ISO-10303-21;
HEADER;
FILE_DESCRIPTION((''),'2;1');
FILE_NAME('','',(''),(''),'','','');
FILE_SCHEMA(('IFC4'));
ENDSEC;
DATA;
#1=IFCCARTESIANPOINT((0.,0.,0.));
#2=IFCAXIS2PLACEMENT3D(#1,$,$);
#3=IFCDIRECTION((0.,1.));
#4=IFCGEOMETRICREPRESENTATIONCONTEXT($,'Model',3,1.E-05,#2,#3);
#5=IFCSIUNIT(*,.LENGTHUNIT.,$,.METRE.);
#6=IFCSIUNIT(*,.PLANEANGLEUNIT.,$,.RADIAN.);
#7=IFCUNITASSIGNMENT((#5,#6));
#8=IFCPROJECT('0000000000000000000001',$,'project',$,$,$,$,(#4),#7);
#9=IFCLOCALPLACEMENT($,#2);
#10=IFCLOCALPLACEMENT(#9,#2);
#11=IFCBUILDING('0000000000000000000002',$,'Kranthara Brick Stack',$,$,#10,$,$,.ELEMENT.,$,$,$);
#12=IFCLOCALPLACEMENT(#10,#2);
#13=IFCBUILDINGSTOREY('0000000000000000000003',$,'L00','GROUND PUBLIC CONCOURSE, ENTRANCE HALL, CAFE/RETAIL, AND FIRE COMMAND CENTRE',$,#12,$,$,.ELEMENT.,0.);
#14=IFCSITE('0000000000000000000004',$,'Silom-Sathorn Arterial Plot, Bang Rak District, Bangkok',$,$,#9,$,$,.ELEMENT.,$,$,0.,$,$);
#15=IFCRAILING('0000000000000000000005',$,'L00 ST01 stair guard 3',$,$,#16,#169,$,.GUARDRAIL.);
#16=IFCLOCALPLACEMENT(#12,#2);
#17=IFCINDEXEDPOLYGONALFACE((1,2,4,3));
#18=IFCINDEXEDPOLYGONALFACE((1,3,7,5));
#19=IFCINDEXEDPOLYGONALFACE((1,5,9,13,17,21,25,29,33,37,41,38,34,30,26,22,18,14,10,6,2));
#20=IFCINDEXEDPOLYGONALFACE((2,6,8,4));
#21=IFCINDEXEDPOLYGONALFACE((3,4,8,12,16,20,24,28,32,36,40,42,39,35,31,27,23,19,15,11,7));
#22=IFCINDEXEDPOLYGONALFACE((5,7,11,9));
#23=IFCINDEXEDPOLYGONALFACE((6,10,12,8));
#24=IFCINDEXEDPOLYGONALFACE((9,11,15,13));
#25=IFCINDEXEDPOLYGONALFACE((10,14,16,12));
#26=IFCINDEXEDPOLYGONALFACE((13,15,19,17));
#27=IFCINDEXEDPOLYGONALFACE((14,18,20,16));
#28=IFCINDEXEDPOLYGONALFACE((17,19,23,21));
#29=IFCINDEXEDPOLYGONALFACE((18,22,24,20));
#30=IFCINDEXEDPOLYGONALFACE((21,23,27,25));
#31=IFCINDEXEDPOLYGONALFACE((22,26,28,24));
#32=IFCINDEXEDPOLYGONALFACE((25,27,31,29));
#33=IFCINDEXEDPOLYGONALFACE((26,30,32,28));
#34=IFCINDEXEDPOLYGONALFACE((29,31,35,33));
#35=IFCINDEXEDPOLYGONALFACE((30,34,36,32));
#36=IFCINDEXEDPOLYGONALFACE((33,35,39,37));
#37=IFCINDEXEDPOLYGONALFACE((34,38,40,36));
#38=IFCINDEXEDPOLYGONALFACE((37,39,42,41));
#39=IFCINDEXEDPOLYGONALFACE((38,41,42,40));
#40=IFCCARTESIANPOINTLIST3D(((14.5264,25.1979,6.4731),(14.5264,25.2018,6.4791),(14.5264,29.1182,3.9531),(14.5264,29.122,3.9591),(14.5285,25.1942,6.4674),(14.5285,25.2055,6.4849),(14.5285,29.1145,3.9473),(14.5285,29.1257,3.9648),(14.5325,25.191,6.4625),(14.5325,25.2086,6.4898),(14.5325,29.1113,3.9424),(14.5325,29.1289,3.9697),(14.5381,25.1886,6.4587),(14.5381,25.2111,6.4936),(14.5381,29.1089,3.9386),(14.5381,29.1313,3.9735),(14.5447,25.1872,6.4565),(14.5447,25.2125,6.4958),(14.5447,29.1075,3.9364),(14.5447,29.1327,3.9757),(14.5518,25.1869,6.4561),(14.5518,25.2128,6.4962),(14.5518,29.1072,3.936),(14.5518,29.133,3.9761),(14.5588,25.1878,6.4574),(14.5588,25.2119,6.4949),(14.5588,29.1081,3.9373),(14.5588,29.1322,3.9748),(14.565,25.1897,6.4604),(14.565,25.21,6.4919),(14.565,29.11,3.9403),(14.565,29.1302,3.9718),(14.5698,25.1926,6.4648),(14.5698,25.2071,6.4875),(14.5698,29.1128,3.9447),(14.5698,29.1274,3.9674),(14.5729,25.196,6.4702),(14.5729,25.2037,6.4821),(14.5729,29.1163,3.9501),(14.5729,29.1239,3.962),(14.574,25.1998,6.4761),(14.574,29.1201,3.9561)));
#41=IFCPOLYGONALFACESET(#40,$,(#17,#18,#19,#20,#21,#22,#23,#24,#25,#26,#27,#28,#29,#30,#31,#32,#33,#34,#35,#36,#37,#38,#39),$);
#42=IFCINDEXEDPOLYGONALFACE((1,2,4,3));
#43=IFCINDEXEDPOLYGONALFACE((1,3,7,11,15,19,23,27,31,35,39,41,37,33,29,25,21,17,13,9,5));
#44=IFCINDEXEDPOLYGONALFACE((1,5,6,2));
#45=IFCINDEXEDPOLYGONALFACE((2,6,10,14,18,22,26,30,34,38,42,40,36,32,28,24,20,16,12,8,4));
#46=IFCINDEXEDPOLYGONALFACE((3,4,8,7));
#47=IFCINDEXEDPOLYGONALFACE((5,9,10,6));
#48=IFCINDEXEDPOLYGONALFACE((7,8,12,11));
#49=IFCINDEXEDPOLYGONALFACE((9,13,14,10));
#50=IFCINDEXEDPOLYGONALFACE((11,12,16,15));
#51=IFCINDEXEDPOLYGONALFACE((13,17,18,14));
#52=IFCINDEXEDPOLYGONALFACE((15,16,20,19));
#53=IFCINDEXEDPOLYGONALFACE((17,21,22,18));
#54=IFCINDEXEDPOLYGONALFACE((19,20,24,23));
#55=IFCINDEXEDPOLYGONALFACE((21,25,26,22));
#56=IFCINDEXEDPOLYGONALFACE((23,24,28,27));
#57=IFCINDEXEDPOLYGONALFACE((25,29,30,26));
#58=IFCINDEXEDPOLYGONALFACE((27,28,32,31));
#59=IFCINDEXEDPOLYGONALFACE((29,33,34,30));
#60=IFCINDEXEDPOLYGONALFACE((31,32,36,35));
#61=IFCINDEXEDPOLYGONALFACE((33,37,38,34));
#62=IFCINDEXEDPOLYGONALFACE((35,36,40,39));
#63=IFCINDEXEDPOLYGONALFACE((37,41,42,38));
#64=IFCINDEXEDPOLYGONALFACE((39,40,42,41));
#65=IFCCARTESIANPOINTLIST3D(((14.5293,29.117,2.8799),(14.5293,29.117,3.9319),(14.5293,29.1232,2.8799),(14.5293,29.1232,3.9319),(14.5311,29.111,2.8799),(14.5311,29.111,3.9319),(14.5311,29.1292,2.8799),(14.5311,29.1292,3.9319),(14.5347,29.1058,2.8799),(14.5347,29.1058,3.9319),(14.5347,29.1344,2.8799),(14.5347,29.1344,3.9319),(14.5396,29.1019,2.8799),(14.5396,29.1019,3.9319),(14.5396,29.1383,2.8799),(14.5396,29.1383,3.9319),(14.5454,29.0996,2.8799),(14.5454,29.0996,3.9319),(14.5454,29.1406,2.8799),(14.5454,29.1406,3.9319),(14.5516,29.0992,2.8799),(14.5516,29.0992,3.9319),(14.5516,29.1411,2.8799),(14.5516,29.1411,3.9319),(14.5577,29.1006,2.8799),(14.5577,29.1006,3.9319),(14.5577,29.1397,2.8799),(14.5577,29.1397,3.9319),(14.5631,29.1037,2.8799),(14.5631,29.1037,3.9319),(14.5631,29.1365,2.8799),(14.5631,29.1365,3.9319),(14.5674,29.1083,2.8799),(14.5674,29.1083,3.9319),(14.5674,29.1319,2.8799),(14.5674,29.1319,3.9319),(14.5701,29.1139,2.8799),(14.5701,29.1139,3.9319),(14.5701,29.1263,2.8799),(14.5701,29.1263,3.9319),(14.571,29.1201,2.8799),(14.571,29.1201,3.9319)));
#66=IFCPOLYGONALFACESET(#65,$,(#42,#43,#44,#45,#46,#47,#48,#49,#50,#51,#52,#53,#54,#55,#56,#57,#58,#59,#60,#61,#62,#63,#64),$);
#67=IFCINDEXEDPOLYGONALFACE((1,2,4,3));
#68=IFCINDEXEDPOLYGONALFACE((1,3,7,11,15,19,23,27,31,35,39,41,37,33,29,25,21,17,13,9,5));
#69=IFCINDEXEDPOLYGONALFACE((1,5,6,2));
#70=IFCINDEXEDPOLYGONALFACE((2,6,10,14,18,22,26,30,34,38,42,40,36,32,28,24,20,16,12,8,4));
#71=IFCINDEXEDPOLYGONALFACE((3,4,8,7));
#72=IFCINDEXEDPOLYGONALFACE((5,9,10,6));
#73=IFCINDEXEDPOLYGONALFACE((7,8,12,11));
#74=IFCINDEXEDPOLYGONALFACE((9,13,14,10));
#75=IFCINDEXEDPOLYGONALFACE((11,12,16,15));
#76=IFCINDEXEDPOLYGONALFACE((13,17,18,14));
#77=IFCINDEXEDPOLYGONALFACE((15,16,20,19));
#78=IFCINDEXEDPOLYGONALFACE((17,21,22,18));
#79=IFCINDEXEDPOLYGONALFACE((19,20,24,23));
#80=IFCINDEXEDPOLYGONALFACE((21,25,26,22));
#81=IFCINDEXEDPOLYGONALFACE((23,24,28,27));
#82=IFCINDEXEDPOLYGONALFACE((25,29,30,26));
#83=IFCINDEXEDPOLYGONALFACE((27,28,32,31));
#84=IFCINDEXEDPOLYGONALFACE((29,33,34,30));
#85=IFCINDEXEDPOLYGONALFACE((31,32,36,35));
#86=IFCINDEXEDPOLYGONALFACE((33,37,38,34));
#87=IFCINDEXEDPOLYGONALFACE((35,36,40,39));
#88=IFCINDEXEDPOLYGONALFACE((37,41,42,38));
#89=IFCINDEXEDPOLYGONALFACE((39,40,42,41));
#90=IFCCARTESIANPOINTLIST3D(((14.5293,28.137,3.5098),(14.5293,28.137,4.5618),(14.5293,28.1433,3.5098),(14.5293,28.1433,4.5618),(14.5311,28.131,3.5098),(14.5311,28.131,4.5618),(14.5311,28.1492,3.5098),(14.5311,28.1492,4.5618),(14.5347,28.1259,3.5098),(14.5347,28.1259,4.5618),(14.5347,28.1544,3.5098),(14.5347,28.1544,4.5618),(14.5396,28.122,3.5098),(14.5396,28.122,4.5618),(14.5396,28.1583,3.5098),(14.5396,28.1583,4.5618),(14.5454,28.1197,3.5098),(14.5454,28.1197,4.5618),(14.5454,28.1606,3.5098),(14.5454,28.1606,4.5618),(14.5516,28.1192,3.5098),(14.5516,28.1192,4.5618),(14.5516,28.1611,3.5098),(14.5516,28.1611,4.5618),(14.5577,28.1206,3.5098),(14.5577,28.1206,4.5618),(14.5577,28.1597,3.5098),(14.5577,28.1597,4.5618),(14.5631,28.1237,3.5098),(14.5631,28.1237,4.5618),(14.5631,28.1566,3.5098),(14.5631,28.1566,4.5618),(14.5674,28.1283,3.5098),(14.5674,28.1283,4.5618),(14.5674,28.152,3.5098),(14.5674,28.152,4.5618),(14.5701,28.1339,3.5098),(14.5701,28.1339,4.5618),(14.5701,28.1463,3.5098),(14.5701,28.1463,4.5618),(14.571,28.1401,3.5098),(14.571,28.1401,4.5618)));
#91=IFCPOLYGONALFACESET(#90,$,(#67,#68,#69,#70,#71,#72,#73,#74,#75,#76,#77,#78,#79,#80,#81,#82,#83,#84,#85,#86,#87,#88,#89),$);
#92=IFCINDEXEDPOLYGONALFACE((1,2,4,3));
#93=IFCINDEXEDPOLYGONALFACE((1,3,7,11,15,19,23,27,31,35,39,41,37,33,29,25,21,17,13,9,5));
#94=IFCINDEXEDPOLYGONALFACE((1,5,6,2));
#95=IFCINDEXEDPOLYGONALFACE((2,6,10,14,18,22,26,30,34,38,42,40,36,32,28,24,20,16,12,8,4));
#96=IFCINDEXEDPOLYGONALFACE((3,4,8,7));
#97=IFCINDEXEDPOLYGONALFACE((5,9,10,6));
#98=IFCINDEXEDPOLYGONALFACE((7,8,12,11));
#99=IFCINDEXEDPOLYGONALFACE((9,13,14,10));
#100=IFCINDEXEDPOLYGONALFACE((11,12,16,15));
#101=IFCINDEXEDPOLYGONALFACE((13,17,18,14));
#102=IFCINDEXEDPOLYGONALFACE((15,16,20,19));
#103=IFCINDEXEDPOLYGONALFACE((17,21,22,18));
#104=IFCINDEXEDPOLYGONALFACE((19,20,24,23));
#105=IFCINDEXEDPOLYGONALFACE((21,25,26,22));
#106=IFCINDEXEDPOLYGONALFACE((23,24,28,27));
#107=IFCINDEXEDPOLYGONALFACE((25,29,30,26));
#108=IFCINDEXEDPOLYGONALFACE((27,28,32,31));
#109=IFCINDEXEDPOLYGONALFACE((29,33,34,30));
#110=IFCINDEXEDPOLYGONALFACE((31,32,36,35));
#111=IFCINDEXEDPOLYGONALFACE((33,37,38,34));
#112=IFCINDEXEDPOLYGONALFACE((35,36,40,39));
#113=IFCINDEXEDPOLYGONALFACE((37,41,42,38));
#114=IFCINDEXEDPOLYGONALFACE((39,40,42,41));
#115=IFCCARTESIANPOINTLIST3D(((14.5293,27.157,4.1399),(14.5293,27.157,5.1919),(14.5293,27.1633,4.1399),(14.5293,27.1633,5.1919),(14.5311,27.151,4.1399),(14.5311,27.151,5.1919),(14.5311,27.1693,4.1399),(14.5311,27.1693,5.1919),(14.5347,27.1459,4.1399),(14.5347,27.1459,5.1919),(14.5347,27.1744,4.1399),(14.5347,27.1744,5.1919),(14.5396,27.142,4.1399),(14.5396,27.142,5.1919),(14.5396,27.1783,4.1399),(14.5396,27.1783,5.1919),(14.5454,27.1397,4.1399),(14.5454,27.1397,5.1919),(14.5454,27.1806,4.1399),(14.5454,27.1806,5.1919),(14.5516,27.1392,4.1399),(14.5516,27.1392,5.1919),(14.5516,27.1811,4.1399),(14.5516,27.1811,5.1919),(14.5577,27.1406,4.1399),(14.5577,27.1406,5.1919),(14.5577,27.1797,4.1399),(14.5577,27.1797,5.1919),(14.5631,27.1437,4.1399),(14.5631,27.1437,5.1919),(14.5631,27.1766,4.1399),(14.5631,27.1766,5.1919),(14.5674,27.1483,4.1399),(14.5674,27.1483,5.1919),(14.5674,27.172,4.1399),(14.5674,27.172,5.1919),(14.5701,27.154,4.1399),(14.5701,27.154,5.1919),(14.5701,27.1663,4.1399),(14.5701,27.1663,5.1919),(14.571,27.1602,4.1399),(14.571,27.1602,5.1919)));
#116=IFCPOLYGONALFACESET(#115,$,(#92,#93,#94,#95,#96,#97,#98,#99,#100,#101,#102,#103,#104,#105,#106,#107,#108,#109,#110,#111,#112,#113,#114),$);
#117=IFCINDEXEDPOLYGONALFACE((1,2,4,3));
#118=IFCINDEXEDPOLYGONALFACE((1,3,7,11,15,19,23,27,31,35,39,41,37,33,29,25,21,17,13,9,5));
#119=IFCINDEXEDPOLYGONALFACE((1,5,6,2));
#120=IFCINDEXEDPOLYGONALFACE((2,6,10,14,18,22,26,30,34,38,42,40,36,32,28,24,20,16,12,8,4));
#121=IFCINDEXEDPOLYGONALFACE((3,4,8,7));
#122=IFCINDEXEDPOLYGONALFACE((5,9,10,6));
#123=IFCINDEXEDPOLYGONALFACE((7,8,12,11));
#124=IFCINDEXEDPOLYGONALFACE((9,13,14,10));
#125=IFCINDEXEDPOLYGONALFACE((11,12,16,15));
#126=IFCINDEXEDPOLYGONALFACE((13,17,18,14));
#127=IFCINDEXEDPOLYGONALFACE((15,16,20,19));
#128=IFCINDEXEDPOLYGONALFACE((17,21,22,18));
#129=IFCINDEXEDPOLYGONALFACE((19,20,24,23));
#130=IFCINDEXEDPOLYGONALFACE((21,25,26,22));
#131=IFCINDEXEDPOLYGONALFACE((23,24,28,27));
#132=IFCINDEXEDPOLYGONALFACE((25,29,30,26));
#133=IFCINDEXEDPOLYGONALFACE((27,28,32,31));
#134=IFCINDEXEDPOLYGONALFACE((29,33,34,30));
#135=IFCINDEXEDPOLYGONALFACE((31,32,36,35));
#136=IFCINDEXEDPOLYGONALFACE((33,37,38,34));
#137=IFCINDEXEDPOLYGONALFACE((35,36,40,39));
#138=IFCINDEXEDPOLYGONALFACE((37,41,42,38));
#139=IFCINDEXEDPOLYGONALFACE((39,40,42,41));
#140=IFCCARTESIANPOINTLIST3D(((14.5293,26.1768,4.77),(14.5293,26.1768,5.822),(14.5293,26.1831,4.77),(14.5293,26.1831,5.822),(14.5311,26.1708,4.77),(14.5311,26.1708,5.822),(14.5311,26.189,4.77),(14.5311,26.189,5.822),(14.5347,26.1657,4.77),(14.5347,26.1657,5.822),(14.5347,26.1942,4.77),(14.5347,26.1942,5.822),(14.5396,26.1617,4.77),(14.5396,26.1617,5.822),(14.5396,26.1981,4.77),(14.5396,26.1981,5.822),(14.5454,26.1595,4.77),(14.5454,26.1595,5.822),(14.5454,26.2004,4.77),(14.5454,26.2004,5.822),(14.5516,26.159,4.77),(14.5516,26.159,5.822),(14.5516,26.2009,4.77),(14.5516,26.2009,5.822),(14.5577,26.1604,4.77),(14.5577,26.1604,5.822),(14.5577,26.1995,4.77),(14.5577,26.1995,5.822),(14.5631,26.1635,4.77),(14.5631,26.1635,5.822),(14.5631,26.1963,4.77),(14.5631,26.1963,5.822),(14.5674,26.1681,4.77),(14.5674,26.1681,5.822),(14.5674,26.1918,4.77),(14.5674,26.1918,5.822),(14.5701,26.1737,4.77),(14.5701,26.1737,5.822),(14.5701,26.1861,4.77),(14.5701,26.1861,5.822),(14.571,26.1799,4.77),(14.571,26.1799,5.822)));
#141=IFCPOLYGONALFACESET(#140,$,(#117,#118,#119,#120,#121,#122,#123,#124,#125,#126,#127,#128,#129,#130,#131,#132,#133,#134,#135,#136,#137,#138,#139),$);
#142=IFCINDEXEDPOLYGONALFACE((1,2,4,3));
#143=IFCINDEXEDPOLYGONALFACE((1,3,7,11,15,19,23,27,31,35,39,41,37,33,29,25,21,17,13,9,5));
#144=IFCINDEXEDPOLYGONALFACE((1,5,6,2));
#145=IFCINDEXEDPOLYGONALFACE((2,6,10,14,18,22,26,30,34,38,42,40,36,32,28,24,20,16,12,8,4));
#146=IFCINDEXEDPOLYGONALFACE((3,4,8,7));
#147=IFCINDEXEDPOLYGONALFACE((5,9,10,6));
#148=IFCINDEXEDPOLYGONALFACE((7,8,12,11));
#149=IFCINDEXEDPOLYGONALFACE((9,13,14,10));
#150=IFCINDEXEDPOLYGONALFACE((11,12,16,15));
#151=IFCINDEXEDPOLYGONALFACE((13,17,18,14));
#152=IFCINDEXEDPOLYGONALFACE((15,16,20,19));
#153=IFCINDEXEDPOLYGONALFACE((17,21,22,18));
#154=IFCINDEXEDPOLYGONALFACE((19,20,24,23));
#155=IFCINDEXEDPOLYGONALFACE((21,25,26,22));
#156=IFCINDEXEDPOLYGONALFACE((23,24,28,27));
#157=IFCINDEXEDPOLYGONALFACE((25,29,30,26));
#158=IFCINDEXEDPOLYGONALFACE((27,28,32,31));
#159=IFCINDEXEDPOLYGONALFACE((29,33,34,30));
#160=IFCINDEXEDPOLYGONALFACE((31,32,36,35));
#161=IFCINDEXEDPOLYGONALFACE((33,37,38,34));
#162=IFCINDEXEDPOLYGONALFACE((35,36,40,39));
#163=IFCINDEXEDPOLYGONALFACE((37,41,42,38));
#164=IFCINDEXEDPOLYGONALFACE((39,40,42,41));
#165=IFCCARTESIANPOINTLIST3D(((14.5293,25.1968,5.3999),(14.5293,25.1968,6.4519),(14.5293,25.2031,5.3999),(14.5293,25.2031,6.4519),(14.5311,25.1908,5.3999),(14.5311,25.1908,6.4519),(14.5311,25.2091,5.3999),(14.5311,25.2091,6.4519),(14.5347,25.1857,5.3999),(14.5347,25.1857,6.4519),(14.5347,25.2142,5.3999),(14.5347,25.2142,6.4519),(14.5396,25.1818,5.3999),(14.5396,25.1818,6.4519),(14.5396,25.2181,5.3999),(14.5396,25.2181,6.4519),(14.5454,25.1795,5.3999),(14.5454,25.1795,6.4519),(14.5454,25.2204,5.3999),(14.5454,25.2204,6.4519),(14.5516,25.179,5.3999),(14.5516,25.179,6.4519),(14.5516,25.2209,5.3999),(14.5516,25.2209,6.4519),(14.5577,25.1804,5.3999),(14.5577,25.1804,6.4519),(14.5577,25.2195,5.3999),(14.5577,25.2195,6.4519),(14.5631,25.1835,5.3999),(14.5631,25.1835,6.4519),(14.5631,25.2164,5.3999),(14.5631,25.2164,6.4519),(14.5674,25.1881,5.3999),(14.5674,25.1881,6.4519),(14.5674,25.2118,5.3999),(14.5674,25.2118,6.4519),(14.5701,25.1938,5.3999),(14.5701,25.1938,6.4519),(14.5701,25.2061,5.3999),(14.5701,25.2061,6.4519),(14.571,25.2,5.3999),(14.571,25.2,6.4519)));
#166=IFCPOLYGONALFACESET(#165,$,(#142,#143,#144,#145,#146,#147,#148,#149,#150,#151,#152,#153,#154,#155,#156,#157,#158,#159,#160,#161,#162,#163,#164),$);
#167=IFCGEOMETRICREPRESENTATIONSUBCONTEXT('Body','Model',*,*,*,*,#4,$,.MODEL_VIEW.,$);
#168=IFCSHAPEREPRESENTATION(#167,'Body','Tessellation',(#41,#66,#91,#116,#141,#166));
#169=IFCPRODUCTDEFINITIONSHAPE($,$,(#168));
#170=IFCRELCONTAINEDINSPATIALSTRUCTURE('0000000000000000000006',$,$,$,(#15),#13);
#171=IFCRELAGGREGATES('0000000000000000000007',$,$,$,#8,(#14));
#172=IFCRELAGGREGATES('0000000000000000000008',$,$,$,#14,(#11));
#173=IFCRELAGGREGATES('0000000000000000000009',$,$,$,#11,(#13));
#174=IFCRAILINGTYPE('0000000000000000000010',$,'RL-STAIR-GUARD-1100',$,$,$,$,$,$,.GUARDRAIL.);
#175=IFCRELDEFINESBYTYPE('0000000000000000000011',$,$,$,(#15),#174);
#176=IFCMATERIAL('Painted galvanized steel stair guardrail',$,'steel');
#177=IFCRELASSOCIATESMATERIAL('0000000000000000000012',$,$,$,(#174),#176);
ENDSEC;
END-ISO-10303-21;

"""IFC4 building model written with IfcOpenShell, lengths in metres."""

from ifc_helpers import new_model, si_unit, direction, frame, origin, origin_2d, place, context, subcontext, project, spatial, circle, extrude, material, type_object, element, save


model = new_model("IFC4")

# Units and contexts
model_context = context("Model", 3, precision=1e-05, world=origin(), true_north=direction((0.0, 1.0)))
body_context = subcontext(model_context, "Body", "Model", "MODEL_VIEW")
ifc_project = project(units=[si_unit("LENGTHUNIT", "METRE"), si_unit("PLANEANGLEUNIT", "RADIAN")], contexts=[model_context])

# Site, building, storey
site_placement = place(None, origin())
site = spatial("IfcSite", under=ifc_project, at=site_placement, Name="Silom-Sathorn Arterial Plot, Bang Rak District, Bangkok", CompositionType="ELEMENT", RefElevation=0.0)
building_placement = place(site_placement, origin())
building = spatial("IfcBuilding", under=site, at=building_placement, Name="Kranthara Brick Stack", CompositionType="ELEMENT")
storey_placement = place(building_placement, origin())
storey = spatial("IfcBuildingStorey", under=building, at=storey_placement, Name="L00", Description="GROUND PUBLIC CONCOURSE, ENTRANCE HALL, CAFE/RETAIL, AND FIRE COMMAND CENTRE", CompositionType="ELEMENT", Elevation=0.0)

# Railing
ifc_material_1 = material(Name="Painted galvanized steel stair guardrail", Category="steel")
railing_type_1 = type_object("IfcRailingType", Name="RL-STAIR-GUARD-1100", PredefinedType="GUARDRAIL", material=ifc_material_1)
railing_1_placement = place(storey_placement, frame((14.55, 29.1201, 2.8799)))
element("IfcRailing", 1, at=railing_1_placement, inside=storey, type_object=railing_type_1, Name="L00 ST01 stair guard 3", PredefinedType="GUARDRAIL", context=body_context, shape_type="SweptSolid", body=[
    extrude(circle(Radius=0.0239, at=origin_2d()), frame((0.0, 0.0, 1.0762), z_axis=(0.0, -0.841187, 0.540744), x_axis=(1.0, 0.0, 0.0)), (0.0, 0.0, 1.0), 4.6604),
    extrude(circle(Radius=0.021, at=origin_2d()), origin(), (0.0, 0.0, 1.0), 1.052),
    extrude(circle(Radius=0.021, at=origin_2d()), frame((0.0, -0.98, 0.6299)), (0.0, 0.0, 1.0), 1.052),
    extrude(circle(Radius=0.021, at=origin_2d()), frame((0.0, -1.96, 1.26)), (0.0, 0.0, 1.0), 1.052),
    extrude(circle(Radius=0.021, at=origin_2d()), frame((0.0, -2.9402, 1.8901)), (0.0, 0.0, 1.0), 1.052),
    extrude(circle(Radius=0.021, at=origin_2d()), frame((0.0, -3.9202, 2.52)), (0.0, 0.0, 1.0), 1.052),
])

save(model, "model.ifc")
